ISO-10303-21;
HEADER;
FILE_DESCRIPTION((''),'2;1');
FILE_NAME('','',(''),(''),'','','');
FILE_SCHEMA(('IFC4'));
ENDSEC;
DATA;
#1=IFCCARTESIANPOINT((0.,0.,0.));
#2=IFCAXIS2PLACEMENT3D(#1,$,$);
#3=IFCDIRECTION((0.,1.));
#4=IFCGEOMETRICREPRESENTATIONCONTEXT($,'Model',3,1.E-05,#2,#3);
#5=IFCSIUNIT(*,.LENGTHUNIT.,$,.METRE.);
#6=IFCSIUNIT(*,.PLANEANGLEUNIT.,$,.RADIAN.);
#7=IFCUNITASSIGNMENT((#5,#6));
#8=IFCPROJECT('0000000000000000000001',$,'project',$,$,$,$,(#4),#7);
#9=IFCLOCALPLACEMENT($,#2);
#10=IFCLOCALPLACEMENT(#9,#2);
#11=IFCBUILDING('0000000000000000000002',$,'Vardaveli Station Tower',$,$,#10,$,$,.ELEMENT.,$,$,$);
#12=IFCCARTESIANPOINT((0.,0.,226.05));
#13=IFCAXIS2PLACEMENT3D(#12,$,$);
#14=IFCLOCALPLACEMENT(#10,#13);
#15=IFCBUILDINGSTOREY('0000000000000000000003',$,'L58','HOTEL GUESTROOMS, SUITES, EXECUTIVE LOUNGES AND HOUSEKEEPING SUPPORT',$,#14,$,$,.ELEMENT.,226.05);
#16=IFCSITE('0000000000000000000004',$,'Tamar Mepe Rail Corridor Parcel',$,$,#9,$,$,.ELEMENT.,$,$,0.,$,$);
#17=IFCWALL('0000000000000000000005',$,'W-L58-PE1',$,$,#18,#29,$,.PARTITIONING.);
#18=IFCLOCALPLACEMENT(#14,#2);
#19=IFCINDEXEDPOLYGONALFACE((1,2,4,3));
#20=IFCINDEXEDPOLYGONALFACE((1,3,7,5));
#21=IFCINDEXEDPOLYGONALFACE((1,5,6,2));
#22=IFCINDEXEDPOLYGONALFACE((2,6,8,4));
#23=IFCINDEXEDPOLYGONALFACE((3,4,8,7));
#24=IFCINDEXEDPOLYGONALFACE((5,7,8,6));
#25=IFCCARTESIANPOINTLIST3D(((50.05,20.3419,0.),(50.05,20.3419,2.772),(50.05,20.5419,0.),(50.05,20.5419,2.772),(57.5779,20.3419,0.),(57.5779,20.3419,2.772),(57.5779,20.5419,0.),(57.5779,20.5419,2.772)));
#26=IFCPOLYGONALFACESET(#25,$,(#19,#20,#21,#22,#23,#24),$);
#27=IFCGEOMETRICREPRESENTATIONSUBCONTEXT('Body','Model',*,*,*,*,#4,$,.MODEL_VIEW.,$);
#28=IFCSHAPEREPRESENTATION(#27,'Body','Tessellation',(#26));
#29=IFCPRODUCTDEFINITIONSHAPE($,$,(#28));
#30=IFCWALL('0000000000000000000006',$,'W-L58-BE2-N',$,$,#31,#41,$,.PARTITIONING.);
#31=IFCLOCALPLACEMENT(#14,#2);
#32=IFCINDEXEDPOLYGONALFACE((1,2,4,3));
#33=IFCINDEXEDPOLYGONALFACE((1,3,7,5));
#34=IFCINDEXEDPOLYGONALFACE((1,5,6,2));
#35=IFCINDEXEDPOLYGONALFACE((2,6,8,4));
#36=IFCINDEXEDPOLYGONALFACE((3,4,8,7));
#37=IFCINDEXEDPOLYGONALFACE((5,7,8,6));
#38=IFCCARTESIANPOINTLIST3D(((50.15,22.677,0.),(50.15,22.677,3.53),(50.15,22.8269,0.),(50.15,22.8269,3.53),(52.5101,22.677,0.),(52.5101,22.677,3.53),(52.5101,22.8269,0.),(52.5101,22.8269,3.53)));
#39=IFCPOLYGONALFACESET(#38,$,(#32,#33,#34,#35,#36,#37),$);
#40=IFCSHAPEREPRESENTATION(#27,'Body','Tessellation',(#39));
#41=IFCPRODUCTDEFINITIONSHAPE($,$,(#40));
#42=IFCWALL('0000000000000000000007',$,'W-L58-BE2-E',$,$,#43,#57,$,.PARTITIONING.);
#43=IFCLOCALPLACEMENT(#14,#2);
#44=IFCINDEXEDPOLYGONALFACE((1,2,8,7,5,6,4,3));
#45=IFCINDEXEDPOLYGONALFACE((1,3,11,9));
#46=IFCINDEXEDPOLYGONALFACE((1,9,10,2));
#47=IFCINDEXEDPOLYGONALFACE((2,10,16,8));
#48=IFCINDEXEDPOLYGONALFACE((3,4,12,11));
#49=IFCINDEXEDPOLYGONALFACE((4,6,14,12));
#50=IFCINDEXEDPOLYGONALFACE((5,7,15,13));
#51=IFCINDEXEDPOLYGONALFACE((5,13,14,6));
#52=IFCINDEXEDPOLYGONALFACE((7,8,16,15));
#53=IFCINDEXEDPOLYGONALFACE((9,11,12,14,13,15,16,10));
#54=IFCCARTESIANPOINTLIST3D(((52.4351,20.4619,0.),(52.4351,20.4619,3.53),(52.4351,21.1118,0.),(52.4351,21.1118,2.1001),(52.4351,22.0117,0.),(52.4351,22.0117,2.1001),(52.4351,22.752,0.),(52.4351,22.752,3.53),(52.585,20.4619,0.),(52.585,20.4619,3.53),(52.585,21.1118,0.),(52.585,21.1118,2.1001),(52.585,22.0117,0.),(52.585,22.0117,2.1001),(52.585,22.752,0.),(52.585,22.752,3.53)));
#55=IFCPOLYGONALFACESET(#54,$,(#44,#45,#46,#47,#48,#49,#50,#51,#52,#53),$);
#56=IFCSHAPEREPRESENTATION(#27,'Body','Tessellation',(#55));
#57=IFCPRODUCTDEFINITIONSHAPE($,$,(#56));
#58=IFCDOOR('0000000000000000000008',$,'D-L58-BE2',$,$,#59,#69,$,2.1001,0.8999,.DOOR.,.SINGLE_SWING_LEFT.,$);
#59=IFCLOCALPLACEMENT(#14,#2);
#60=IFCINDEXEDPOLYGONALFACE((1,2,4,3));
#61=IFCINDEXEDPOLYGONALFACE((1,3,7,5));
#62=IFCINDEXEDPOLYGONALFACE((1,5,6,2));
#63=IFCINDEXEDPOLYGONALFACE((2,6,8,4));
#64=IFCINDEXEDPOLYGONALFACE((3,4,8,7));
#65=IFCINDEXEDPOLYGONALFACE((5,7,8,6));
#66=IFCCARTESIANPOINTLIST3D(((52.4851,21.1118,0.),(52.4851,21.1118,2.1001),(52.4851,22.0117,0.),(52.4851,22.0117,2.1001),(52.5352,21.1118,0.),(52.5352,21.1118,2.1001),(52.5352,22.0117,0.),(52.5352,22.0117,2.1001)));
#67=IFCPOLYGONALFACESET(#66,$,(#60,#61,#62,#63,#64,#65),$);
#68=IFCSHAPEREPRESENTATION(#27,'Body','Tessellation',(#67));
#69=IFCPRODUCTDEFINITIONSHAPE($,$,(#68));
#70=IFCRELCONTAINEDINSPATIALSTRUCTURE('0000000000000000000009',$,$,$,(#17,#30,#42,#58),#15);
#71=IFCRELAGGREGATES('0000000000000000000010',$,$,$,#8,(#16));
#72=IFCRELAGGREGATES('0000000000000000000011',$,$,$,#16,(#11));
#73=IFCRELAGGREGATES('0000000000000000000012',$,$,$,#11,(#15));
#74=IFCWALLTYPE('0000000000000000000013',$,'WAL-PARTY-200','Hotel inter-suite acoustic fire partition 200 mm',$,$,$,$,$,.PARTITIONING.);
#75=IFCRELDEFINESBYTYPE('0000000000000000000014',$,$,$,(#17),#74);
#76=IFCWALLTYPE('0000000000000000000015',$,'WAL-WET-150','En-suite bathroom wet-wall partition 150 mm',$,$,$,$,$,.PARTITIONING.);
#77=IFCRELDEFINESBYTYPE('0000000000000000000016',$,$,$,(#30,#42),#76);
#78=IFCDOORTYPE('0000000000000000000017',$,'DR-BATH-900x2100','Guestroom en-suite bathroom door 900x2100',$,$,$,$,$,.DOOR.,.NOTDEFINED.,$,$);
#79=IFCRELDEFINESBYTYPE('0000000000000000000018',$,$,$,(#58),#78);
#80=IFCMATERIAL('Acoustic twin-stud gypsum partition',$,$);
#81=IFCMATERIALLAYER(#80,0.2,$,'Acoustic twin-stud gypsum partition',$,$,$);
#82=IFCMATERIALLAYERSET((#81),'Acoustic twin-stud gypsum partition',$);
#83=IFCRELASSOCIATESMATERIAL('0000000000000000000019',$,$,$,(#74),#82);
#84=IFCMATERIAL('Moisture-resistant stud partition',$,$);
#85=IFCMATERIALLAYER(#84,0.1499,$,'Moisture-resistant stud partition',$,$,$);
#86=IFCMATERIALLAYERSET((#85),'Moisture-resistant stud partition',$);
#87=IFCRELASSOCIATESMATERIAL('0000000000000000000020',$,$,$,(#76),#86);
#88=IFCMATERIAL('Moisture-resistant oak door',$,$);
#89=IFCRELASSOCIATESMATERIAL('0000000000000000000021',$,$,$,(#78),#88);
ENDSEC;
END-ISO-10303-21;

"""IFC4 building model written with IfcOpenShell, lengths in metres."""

from ifc_helpers import new_model, si_unit, direction, frame, frame_2d, origin, place, context, subcontext, project, spatial, rectangle, extrude, source, transform, mapped, material, layer, layer_set, type_object, element, fill, save


model = new_model("IFC4")

# Units and contexts
model_context = context("Model", 3, precision=1e-05, world=origin(), true_north=direction((0.0, 1.0)))
body_context = subcontext(model_context, "Body", "Model", "MODEL_VIEW")
ifc_project = project(units=[si_unit("LENGTHUNIT", "METRE"), si_unit("PLANEANGLEUNIT", "RADIAN")], contexts=[model_context])

# Site, building, storey
site_placement = place(None, origin())
site = spatial("IfcSite", under=ifc_project, at=site_placement, Name="Tamar Mepe Rail Corridor Parcel", CompositionType="ELEMENT", RefElevation=0.0)
building_placement = place(site_placement, origin())
building = spatial("IfcBuilding", under=site, at=building_placement, Name="Vardaveli Station Tower", CompositionType="ELEMENT")
storey_placement = place(building_placement, frame((0.0, 0.0, 226.05)))
storey = spatial("IfcBuildingStorey", under=building, at=storey_placement, Name="L58", Description="HOTEL GUESTROOMS, SUITES, EXECUTIVE LOUNGES AND HOUSEKEEPING SUPPORT", CompositionType="ELEMENT", Elevation=226.05)

# Walls
ifc_material_1 = material(Name="Acoustic twin-stud gypsum partition")
ifc_layer_1 = layer(ifc_material_1, 0.2, Name="Acoustic twin-stud gypsum partition")
ifc_layer_set_1 = layer_set([ifc_layer_1], Name="Acoustic twin-stud gypsum partition")
wall_type_1 = type_object("IfcWallType", Name="WAL-PARTY-200", Description="Hotel inter-suite acoustic fire partition 200 mm", PredefinedType="PARTITIONING", material=ifc_layer_set_1)
shared_shape_1 = source(origin(), body_context, "Body", "SweptSolid", [
    extrude(rectangle(XDim=7.5278, YDim=0.2, at=frame_2d((3.7639, 0.0))), origin(), (0.0, 0.0, 1.0), 2.772),
])
wall_1_placement = place(storey_placement, frame((50.05, 20.4419, 0.0), z_axis=(0.0, 0.0, 1.0), x_axis=(1.0, 0.0, 0.0)))
element("IfcWall", 1, at=wall_1_placement, inside=storey, type_object=wall_type_1, Name="W-L58-PE1", PredefinedType="PARTITIONING", context=body_context, shape_type="MappedRepresentation", body=[
    mapped(shared_shape_1, transform((0.0, 0.0, 0.0), scale=1.0)),
])
ifc_material_2 = material(Name="Moisture-resistant stud partition")
ifc_layer_2 = layer(ifc_material_2, 0.1499, Name="Moisture-resistant stud partition")
ifc_layer_set_2 = layer_set([ifc_layer_2], Name="Moisture-resistant stud partition")
wall_type_2 = type_object("IfcWallType", Name="WAL-WET-150", Description="En-suite bathroom wet-wall partition 150 mm", PredefinedType="PARTITIONING", material=ifc_layer_set_2)
shared_shape_2 = source(origin(), body_context, "Body", "SweptSolid", [
    extrude(rectangle(XDim=2.3601, YDim=0.1499, at=frame_2d((1.1802, 0.0))), origin(), (0.0, 0.0, 1.0), 3.53),
])
wall_2_placement = place(storey_placement, frame((50.1499, 22.752, 0.0), z_axis=(0.0, 0.0, 1.0), x_axis=(1.0, 0.0, 0.0)))
element("IfcWall", 2, at=wall_2_placement, inside=storey, type_object=wall_type_2, Name="W-L58-BE2-N", PredefinedType="PARTITIONING", context=body_context, shape_type="MappedRepresentation", body=[
    mapped(shared_shape_2, transform((0.0, 0.0, 0.0), scale=1.0)),
])

# Wall, opening, door
shared_shape_3 = source(origin(), body_context, "Body", "SweptSolid", [
    extrude(rectangle(XDim=2.29, YDim=0.1499, at=frame_2d((1.145, 0.0))), origin(), (0.0, 0.0, 1.0), 3.53),
])
wall_3_placement = place(storey_placement, frame((52.51, 20.4619, 0.0), z_axis=(0.0, 0.0, 1.0), x_axis=(0.0, 1.0, 0.0)))
wall_3 = element("IfcWall", 3, at=wall_3_placement, inside=storey, type_object=wall_type_2, Name="W-L58-BE2-E", PredefinedType="PARTITIONING", context=body_context, shape_type="MappedRepresentation", body=[
    mapped(shared_shape_3, transform((0.0, 0.0, 0.0), scale=1.0)),
])
shared_shape_4 = source(origin(), body_context, "Body", "SweptSolid", [
    extrude(rectangle(XDim=0.8999, YDim=2.1001, at=frame_2d((0.45, 1.05))), frame((0.0, 0.085, 0.0), z_axis=(0.0, -1.0, 0.0), x_axis=(1.0, 0.0, 0.0)), (0.0, 0.0, 1.0), 0.1699),
])
opening_1_placement = place(wall_3_placement, frame((0.6499, 0.0, 0.0)))
opening_1 = element("IfcOpeningElement", 4, at=opening_1_placement, cuts=wall_3, PredefinedType="OPENING", context=body_context, shape_type="MappedRepresentation", body=[
    mapped(shared_shape_4, transform((0.0, 0.0, 0.0), scale=1.0)),
])
ifc_material_3 = material(Name="Moisture-resistant oak door")
door_type_1 = type_object("IfcDoorType", Name="DR-BATH-900x2100", Description="Guestroom en-suite bathroom door 900x2100", OperationType="NOTDEFINED", PredefinedType="DOOR", material=ifc_material_3)
shared_shape_5 = source(origin(), body_context, "Body", "SweptSolid", [
    extrude(rectangle(XDim=0.8999, YDim=2.1001, at=frame_2d((0.45, 1.05))), frame((0.0, 0.0249, 0.0), z_axis=(0.0, -1.0, 0.0), x_axis=(1.0, 0.0, 0.0)), (0.0, 0.0, 1.0), 0.05),
])
door_1_placement = place(opening_1_placement, origin())
door_1 = element("IfcDoor", 5, at=door_1_placement, inside=storey, type_object=door_type_1, Name="D-L58-BE2", OperationType="SINGLE_SWING_LEFT", OverallHeight=2.1001, OverallWidth=0.8999, PredefinedType="DOOR", context=body_context, shape_type="MappedRepresentation", body=[
    mapped(shared_shape_5, transform((0.0, 0.0, 0.0), scale=1.0)),
])
fill(opening_1, door_1)

save(model, "model.ifc")
